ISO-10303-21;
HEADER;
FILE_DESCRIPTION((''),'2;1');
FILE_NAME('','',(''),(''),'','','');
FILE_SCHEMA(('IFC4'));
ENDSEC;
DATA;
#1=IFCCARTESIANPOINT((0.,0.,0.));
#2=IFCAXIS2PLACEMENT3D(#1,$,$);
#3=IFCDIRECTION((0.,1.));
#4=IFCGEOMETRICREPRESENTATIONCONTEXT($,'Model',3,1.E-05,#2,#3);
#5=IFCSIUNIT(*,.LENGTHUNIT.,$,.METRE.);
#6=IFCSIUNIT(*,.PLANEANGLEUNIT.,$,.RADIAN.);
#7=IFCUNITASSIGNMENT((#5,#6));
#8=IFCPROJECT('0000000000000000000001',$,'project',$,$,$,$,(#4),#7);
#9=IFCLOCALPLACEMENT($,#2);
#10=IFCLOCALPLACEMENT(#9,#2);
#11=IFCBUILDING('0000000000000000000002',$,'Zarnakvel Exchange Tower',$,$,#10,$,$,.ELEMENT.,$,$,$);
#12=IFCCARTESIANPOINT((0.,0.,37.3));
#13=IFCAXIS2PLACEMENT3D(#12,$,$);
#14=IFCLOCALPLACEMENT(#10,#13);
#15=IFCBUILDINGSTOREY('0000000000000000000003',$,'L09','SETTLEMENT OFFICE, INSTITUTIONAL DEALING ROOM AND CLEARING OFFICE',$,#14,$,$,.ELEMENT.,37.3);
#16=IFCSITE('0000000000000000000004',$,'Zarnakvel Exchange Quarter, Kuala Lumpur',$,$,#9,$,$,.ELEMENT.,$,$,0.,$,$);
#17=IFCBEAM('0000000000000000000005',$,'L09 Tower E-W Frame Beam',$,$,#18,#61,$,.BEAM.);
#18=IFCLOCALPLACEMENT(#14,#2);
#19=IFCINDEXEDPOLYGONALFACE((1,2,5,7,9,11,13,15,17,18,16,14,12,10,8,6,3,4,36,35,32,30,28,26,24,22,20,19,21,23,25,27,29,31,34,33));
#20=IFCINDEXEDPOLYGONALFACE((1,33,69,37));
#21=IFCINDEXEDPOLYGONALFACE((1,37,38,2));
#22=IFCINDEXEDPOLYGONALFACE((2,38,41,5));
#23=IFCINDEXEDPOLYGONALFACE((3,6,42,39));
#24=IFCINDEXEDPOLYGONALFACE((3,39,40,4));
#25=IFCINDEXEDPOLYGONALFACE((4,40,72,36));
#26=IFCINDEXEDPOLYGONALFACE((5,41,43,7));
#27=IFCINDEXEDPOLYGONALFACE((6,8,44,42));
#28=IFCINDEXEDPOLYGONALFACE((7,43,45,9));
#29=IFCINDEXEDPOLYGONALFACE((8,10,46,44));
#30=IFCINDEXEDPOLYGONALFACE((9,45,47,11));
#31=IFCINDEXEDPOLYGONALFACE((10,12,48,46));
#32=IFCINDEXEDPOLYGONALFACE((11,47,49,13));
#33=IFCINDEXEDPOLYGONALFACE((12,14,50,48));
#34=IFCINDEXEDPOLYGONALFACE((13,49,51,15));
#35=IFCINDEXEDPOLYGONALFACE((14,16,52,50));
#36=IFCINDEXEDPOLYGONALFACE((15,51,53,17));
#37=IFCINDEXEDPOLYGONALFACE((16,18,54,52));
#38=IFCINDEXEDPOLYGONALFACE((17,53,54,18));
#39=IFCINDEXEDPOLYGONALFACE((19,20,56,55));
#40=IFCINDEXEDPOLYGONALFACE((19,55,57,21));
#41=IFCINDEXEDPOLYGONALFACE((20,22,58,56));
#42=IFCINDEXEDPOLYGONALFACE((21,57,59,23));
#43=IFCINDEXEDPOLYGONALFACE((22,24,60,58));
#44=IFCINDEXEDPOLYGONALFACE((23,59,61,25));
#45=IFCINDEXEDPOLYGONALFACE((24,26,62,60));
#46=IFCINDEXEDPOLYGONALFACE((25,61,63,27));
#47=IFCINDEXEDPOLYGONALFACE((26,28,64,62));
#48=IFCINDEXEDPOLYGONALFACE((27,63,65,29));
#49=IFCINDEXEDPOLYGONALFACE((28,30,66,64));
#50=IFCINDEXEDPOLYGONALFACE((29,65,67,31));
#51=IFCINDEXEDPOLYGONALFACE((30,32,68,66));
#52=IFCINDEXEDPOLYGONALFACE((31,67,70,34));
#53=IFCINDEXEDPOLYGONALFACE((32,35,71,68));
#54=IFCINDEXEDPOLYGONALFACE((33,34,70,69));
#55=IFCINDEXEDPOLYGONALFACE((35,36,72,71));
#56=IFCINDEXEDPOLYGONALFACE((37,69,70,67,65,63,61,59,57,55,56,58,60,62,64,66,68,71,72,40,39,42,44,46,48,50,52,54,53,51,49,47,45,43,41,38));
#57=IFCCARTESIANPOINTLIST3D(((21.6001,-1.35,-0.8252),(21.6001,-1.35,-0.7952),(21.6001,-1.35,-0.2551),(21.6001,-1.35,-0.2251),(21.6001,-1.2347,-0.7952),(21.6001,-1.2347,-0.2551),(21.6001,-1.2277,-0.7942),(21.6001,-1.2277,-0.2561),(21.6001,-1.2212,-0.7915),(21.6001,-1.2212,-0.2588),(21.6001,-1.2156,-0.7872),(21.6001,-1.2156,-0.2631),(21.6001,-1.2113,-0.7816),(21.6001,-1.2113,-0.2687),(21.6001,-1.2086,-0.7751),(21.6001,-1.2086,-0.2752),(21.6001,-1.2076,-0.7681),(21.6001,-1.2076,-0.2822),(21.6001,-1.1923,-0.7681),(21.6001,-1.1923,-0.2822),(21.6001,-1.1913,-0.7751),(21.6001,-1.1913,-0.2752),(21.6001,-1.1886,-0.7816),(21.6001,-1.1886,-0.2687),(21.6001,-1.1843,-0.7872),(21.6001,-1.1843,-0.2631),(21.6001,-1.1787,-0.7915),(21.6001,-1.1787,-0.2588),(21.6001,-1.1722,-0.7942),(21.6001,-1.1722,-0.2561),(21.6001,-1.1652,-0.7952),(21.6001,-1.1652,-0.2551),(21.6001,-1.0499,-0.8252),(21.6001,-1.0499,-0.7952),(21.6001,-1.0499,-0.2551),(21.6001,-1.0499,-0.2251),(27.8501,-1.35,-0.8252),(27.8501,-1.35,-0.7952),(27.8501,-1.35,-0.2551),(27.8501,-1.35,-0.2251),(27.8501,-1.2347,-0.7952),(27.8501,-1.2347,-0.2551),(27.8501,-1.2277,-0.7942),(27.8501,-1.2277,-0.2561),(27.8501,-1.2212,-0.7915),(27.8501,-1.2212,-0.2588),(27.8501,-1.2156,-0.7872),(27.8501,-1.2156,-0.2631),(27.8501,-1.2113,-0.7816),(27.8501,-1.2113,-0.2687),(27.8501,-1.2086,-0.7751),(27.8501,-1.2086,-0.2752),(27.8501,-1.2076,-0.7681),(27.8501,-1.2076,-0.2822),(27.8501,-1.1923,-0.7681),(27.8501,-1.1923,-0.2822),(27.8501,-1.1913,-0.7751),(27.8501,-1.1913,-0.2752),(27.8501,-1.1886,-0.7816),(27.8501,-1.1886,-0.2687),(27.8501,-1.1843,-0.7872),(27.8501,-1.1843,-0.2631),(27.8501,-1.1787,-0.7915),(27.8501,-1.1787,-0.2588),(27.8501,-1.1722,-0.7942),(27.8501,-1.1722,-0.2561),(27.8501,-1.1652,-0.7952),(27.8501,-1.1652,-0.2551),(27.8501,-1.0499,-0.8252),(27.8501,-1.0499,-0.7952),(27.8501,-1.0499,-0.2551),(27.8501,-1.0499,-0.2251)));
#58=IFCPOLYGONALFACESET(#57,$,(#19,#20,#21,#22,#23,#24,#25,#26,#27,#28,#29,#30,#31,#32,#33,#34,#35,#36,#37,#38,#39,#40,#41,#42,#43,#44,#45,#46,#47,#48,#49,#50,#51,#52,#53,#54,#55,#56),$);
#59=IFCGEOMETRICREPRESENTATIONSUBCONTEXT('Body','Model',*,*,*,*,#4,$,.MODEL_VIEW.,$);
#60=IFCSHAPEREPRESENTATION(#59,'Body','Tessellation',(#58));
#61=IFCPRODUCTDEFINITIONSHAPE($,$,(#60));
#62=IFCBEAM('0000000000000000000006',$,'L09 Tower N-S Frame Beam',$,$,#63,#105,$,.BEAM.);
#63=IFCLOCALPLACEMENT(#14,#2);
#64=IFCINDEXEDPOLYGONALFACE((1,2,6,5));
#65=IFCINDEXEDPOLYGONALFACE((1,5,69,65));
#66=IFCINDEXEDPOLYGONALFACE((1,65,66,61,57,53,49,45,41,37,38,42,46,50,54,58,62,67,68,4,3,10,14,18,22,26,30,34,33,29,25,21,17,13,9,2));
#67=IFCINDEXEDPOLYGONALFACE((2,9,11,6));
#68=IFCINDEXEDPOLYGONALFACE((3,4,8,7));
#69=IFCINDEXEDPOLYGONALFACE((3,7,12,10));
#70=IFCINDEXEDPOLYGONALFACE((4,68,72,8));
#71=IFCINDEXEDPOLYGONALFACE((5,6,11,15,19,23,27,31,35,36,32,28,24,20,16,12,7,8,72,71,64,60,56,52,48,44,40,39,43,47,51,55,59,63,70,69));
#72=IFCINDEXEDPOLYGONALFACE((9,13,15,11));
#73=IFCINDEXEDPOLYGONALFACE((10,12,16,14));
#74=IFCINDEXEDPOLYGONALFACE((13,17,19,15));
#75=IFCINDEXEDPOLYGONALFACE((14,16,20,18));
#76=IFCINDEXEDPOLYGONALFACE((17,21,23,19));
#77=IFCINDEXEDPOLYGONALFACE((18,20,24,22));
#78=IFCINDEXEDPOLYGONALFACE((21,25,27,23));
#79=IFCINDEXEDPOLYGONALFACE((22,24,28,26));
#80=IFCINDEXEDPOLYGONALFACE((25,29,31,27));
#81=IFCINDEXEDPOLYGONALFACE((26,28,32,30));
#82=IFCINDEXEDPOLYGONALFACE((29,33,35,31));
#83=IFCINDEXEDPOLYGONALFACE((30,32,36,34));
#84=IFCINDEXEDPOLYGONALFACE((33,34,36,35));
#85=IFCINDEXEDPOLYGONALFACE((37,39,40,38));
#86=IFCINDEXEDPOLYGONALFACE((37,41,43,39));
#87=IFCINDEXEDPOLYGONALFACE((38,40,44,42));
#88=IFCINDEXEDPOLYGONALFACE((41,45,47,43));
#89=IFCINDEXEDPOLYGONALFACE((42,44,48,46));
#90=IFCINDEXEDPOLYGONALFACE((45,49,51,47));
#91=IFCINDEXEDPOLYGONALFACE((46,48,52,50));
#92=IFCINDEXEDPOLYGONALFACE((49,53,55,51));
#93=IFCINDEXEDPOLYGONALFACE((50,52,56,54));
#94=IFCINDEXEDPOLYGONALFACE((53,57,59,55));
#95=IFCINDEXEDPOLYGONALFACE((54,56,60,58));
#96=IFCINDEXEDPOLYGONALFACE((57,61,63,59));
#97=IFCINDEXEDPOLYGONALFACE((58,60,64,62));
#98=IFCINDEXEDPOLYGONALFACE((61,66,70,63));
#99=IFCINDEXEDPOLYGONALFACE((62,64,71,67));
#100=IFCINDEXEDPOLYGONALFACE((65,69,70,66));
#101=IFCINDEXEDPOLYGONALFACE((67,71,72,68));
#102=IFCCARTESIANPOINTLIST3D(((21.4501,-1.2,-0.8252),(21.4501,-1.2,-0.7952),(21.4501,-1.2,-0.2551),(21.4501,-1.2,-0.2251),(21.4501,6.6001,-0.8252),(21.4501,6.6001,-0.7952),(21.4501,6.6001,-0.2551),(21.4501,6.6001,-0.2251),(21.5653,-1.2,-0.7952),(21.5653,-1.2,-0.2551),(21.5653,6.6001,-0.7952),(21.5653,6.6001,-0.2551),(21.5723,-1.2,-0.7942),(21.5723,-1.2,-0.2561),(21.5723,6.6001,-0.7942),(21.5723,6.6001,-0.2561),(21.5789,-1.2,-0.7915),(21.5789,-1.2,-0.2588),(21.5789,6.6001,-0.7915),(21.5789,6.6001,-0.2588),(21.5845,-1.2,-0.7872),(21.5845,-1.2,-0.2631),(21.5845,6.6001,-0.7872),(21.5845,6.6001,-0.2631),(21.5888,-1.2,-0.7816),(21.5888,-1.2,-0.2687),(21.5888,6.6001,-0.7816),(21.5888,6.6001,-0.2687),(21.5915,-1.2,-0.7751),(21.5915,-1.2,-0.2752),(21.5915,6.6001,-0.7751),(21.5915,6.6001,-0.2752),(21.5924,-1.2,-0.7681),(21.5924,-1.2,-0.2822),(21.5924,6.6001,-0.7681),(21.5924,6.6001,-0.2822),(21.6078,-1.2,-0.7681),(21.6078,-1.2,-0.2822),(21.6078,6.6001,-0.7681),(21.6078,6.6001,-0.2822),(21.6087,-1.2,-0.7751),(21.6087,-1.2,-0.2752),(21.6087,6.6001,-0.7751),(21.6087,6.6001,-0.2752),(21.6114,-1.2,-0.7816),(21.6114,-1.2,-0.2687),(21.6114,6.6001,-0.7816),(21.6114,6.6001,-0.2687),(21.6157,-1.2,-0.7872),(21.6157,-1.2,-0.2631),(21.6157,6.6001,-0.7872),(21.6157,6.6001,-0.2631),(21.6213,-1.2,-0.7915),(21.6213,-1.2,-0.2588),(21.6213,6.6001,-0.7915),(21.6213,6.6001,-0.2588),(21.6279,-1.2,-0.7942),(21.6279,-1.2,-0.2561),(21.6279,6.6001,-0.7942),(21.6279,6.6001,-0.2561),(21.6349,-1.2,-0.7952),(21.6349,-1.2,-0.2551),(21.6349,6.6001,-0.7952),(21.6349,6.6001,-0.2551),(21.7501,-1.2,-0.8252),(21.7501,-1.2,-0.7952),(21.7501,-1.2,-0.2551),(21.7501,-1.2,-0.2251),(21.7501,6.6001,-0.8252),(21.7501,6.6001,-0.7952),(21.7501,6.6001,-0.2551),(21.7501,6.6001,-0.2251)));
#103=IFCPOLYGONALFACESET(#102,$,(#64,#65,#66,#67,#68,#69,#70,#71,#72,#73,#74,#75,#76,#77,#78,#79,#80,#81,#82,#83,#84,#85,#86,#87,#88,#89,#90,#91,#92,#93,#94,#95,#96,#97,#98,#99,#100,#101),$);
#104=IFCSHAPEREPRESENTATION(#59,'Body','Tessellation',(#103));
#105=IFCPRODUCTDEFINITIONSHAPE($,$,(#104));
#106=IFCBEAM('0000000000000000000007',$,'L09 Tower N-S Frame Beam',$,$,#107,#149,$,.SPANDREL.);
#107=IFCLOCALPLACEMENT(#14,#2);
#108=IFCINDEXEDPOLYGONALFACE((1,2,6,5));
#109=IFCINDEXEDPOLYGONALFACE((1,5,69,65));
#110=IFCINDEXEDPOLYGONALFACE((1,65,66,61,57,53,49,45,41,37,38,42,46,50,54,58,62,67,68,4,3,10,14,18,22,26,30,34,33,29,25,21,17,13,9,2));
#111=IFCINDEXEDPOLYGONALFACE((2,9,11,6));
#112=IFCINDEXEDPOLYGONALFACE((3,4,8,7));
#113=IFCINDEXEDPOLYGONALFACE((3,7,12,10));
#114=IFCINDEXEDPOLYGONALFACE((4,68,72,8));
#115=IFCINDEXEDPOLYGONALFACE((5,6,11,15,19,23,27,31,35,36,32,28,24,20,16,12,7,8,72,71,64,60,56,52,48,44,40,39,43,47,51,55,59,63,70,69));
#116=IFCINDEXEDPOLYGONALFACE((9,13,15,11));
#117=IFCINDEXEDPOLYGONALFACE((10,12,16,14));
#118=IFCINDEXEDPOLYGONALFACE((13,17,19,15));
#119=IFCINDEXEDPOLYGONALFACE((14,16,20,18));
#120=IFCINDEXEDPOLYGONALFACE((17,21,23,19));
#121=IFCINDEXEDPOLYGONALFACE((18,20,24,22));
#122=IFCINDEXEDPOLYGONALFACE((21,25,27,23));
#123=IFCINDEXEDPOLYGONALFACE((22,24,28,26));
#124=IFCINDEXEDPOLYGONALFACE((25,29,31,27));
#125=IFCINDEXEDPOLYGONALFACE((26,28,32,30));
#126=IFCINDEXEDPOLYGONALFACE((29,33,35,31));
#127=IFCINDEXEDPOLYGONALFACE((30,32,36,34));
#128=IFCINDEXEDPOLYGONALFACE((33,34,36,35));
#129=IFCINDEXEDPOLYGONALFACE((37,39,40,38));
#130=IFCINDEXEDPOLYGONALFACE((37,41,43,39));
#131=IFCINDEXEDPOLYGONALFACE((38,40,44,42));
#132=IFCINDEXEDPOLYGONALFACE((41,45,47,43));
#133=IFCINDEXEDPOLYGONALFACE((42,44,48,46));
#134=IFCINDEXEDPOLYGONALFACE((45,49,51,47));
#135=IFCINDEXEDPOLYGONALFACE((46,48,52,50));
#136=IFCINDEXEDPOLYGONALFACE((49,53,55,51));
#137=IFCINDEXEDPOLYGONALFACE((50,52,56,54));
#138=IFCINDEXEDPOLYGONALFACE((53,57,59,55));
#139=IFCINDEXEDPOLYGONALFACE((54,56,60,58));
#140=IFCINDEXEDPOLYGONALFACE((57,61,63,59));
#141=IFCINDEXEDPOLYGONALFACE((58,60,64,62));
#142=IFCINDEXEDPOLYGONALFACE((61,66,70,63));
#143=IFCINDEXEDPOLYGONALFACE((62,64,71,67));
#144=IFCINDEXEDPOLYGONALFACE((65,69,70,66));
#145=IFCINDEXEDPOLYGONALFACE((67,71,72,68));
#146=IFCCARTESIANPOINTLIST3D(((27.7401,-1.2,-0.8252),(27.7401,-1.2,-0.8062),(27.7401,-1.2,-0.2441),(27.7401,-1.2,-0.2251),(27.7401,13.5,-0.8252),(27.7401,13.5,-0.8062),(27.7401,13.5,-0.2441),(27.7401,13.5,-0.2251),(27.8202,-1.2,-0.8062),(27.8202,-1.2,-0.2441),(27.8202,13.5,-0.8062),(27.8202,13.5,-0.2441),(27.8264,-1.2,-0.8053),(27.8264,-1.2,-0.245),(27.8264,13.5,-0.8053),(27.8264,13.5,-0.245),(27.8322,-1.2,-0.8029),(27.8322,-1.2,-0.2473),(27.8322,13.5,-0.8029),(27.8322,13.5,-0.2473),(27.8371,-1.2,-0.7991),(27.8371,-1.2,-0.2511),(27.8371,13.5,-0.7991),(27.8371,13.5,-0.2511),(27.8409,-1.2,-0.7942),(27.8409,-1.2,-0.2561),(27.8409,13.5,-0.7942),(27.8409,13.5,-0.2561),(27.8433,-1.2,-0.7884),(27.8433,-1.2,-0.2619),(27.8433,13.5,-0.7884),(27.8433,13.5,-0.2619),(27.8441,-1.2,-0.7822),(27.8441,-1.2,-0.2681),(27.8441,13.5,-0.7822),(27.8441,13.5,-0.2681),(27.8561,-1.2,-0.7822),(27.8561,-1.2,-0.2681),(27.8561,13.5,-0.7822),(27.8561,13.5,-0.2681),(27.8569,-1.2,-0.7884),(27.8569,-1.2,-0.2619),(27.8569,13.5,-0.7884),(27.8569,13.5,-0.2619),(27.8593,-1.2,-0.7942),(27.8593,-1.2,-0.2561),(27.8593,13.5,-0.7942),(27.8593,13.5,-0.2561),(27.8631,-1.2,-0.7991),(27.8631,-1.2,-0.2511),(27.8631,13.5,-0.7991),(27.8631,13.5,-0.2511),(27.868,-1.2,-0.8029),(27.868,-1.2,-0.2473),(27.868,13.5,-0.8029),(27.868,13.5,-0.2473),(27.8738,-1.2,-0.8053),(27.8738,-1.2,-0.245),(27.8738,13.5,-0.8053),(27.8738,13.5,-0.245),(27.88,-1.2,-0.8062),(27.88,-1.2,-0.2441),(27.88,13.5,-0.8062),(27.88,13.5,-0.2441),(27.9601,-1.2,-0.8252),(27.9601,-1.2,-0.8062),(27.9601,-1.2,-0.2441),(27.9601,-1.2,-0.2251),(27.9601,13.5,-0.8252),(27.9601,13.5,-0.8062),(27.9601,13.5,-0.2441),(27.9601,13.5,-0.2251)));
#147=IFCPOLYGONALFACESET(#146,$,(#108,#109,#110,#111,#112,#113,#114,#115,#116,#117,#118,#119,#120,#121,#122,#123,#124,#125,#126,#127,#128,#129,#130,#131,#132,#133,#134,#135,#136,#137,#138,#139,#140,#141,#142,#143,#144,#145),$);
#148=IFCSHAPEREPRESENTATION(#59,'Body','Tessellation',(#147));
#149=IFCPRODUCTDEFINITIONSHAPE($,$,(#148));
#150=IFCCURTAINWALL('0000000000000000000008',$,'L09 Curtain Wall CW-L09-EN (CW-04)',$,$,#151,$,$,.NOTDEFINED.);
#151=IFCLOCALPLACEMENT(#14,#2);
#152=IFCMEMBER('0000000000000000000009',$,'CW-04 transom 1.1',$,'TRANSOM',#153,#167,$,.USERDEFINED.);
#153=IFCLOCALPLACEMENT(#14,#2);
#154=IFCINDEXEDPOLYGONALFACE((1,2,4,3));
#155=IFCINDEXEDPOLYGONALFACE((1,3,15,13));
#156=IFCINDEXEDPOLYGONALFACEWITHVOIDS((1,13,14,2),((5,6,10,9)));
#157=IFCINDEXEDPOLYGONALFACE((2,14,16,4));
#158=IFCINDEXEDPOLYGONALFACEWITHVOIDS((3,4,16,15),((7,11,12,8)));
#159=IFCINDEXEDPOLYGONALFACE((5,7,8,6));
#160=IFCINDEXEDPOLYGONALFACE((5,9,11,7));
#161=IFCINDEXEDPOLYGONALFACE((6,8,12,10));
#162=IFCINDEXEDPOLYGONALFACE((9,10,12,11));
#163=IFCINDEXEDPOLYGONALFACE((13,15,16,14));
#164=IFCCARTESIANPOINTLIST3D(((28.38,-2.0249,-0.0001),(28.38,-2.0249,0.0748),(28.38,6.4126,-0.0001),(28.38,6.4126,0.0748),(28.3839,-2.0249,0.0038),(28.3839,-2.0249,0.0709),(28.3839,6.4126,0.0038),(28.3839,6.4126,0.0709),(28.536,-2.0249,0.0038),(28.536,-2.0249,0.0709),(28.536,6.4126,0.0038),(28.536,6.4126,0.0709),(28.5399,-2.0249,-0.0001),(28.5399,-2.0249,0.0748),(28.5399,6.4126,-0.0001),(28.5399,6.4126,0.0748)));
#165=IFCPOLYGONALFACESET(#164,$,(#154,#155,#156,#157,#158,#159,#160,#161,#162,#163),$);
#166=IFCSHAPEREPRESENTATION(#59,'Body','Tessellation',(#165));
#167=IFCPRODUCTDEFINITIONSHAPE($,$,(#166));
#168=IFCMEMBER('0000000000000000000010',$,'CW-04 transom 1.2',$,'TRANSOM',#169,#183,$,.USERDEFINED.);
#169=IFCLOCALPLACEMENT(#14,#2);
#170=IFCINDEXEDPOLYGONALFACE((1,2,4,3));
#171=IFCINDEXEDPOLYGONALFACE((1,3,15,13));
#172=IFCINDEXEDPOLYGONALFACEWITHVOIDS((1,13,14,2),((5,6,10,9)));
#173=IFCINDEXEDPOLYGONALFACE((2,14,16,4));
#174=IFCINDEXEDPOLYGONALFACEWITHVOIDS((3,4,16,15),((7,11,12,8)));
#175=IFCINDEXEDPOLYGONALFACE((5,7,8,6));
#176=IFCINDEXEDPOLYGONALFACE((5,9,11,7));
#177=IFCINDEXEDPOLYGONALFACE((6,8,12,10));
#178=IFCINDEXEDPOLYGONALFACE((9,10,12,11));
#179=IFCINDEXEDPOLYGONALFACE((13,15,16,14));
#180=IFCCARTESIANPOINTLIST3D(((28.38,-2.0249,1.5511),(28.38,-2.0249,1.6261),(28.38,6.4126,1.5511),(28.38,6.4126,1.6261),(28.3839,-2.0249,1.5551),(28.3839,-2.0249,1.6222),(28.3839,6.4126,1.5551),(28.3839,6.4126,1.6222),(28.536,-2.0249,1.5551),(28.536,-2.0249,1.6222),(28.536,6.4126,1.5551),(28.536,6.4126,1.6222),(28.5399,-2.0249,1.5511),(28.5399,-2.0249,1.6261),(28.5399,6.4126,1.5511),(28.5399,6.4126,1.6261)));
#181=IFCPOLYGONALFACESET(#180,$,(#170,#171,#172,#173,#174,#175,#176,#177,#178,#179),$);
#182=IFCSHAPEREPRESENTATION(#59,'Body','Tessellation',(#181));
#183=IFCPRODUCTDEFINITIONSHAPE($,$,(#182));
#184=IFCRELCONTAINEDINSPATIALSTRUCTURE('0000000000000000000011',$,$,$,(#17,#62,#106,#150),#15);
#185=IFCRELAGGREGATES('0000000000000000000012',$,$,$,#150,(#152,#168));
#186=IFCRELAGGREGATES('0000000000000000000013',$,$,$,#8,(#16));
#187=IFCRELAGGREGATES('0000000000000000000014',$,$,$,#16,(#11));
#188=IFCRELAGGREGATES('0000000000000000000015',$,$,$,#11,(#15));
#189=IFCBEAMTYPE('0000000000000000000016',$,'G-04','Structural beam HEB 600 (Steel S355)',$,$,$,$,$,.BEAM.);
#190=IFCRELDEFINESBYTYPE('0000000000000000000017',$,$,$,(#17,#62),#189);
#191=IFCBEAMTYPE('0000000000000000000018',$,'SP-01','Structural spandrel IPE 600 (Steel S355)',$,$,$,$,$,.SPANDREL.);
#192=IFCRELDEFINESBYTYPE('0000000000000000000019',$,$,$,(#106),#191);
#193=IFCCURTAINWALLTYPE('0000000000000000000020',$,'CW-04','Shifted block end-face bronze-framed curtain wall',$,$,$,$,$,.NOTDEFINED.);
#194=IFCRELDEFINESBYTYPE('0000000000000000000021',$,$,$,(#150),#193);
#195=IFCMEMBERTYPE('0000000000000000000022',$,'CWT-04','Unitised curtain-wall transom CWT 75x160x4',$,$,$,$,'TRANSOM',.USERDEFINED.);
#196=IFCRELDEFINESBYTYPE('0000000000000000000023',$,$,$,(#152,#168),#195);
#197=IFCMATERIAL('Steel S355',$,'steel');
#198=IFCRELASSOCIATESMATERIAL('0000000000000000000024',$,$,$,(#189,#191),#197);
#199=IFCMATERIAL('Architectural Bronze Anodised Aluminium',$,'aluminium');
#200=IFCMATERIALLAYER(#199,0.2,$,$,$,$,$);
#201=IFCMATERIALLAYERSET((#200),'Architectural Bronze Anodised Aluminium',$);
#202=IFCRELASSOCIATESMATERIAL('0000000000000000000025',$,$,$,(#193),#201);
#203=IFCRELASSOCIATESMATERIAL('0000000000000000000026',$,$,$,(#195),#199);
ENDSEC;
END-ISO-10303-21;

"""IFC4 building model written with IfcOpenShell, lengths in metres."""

from ifc_helpers import new_model, si_unit, direction, frame, origin, origin_2d, place, context, subcontext, project, spatial, hollow_rectangle, i_section, extrude, source, transform, mapped, material, layer, layer_set, material_profile, profile_set, type_object, element, aggregate, save


model = new_model("IFC4")

# Units and contexts
model_context = context("Model", 3, precision=1e-05, world=origin(), true_north=direction((0.0, 1.0)))
body_context = subcontext(model_context, "Body", "Model", "MODEL_VIEW")
ifc_project = project(units=[si_unit("LENGTHUNIT", "METRE"), si_unit("PLANEANGLEUNIT", "RADIAN")], contexts=[model_context])

# Site, building, storey
site_placement = place(None, origin())
site = spatial("IfcSite", under=ifc_project, at=site_placement, Name="Zarnakvel Exchange Quarter, Kuala Lumpur", CompositionType="ELEMENT", RefElevation=0.0)
building_placement = place(site_placement, origin())
building = spatial("IfcBuilding", under=site, at=building_placement, Name="Zarnakvel Exchange Tower", CompositionType="ELEMENT")
storey_placement = place(building_placement, frame((0.0, 0.0, 37.3)))
storey = spatial("IfcBuildingStorey", under=building, at=storey_placement, Name="L09", Description="SETTLEMENT OFFICE, INSTITUTIONAL DEALING ROOM AND CLEARING OFFICE", CompositionType="ELEMENT", Elevation=37.3)

# Shared definitions
ifc_material_1 = material(Name="Steel S355", Category="steel")

# Beams
ifc_material_profile_1 = material_profile(ifc_material_1, i_section(OverallWidth=0.3, OverallDepth=0.6001, WebThickness=0.0154, FlangeThickness=0.03, FilletRadius=0.0271, at=origin_2d()))
ifc_profile_set_1 = profile_set([ifc_material_profile_1], Name="Steel S355")
beam_type_1 = type_object("IfcBeamType", Name="G-04", Description="Structural beam HEB 600 (Steel S355)", PredefinedType="BEAM", material=ifc_profile_set_1)
beam_1_placement = place(storey_placement, frame((21.6001, -1.2, -0.5251), z_axis=(1.0, 0.0, 0.0), x_axis=(0.0, 1.0, 0.0)))
element("IfcBeam", 1, at=beam_1_placement, inside=storey, type_object=beam_type_1, Name="L09 Tower E-W Frame Beam", PredefinedType="BEAM", context=body_context, shape_type="SweptSolid", body=[
    extrude(i_section(OverallWidth=0.3, OverallDepth=0.6001, WebThickness=0.0154, FlangeThickness=0.03, FilletRadius=0.0271, at=origin_2d()), origin(), (0.0, 0.0, 1.0), 6.25),
])
beam_2_placement = place(storey_placement, frame((21.6001, -1.2, -0.5251), z_axis=(0.0, 1.0, 0.0), x_axis=(-1.0, 0.0, 0.0)))
element("IfcBeam", 2, at=beam_2_placement, inside=storey, type_object=beam_type_1, Name="L09 Tower N-S Frame Beam", PredefinedType="BEAM", context=body_context, shape_type="SweptSolid", body=[
    extrude(i_section(OverallWidth=0.3, OverallDepth=0.6001, WebThickness=0.0154, FlangeThickness=0.03, FilletRadius=0.0271, at=origin_2d()), origin(), (0.0, 0.0, 1.0), 7.8),
])
ifc_material_profile_2 = material_profile(ifc_material_1, i_section(OverallWidth=0.22, OverallDepth=0.6001, WebThickness=0.012, FlangeThickness=0.019, FilletRadius=0.0239, at=origin_2d()))
ifc_profile_set_2 = profile_set([ifc_material_profile_2], Name="Steel S355")
beam_type_2 = type_object("IfcBeamType", Name="SP-01", Description="Structural spandrel IPE 600 (Steel S355)", PredefinedType="SPANDREL", material=ifc_profile_set_2)
beam_3_placement = place(storey_placement, frame((27.8501, -1.2, -0.5251), z_axis=(0.0, 1.0, 0.0), x_axis=(-1.0, 0.0, 0.0)))
element("IfcBeam", 3, at=beam_3_placement, inside=storey, type_object=beam_type_2, Name="L09 Tower N-S Frame Beam", PredefinedType="SPANDREL", context=body_context, shape_type="SweptSolid", body=[
    extrude(i_section(OverallWidth=0.22, OverallDepth=0.6001, WebThickness=0.012, FlangeThickness=0.019, FilletRadius=0.0239, at=origin_2d()), origin(), (0.0, 0.0, 1.0), 14.7),
])

# Curtain wall, members
ifc_material_2 = material(Name="Architectural Bronze Anodised Aluminium", Category="aluminium")
ifc_layer_1 = layer(ifc_material_2, 0.2)
ifc_layer_set_1 = layer_set([ifc_layer_1], Name="Architectural Bronze Anodised Aluminium")
curtain_wall_type = type_object("IfcCurtainWallType", Name="CW-04", Description="Shifted block end-face bronze-framed curtain wall", PredefinedType="NOTDEFINED", material=ifc_layer_set_1)
curtain_wall_placement = place(storey_placement, origin())
curtain_wall = element("IfcCurtainWall", 4, at=curtain_wall_placement, inside=storey, type_object=curtain_wall_type, Name="L09 Curtain Wall CW-L09-EN (CW-04)", PredefinedType="NOTDEFINED")
ifc_material_profile_3 = material_profile(ifc_material_2, hollow_rectangle(XDim=0.1599, YDim=0.075, WallThickness=0.0039, at=origin_2d()))
ifc_profile_set_3 = profile_set([ifc_material_profile_3], Name="Architectural Bronze Anodised Aluminium")
member_type_1 = type_object("IfcMemberType", Name="CWT-04", Description="Unitised curtain-wall transom CWT 75x160x4", ElementType="TRANSOM", PredefinedType="USERDEFINED", material=ifc_profile_set_3)
shared_shape_1 = source(origin(), body_context, "Body", "SweptSolid", [
    extrude(hollow_rectangle(XDim=0.1599, YDim=0.075, WallThickness=0.0039, at=origin_2d()), origin(), (0.0, 0.0, 1.0), 8.4375),
])
member_1_placement = place(storey_placement, frame((28.46, -2.0249, 0.0374), z_axis=(0.0, 1.0, 0.0), x_axis=(-1.0, 0.0, 0.0)))
member_1 = element("IfcMember", 5, at=member_1_placement, type_object=member_type_1, Name="CW-04 transom 1.1", ObjectType="TRANSOM", PredefinedType="USERDEFINED", context=body_context, shape_type="MappedRepresentation", body=[
    mapped(shared_shape_1, transform((0.0, 0.0, 0.0), x_axis=(1.0, 0.0, 0.0), y_axis=(0.0, 1.0, 0.0), z_axis=(0.0, 0.0, 1.0), scale=1.0)),
])
member_2_placement = place(storey_placement, frame((28.46, -2.0249, 1.5886), z_axis=(0.0, 1.0, 0.0), x_axis=(-1.0, 0.0, 0.0)))
member_2 = element("IfcMember", 6, at=member_2_placement, type_object=member_type_1, Name="CW-04 transom 1.2", ObjectType="TRANSOM", PredefinedType="USERDEFINED", context=body_context, shape_type="MappedRepresentation", body=[
    mapped(shared_shape_1, transform((0.0, 0.0, 0.0), x_axis=(1.0, 0.0, 0.0), y_axis=(0.0, 1.0, 0.0), z_axis=(0.0, 0.0, 1.0), scale=1.0)),
])
aggregate(curtain_wall, [member_1, member_2])

save(model, "model.ifc")
